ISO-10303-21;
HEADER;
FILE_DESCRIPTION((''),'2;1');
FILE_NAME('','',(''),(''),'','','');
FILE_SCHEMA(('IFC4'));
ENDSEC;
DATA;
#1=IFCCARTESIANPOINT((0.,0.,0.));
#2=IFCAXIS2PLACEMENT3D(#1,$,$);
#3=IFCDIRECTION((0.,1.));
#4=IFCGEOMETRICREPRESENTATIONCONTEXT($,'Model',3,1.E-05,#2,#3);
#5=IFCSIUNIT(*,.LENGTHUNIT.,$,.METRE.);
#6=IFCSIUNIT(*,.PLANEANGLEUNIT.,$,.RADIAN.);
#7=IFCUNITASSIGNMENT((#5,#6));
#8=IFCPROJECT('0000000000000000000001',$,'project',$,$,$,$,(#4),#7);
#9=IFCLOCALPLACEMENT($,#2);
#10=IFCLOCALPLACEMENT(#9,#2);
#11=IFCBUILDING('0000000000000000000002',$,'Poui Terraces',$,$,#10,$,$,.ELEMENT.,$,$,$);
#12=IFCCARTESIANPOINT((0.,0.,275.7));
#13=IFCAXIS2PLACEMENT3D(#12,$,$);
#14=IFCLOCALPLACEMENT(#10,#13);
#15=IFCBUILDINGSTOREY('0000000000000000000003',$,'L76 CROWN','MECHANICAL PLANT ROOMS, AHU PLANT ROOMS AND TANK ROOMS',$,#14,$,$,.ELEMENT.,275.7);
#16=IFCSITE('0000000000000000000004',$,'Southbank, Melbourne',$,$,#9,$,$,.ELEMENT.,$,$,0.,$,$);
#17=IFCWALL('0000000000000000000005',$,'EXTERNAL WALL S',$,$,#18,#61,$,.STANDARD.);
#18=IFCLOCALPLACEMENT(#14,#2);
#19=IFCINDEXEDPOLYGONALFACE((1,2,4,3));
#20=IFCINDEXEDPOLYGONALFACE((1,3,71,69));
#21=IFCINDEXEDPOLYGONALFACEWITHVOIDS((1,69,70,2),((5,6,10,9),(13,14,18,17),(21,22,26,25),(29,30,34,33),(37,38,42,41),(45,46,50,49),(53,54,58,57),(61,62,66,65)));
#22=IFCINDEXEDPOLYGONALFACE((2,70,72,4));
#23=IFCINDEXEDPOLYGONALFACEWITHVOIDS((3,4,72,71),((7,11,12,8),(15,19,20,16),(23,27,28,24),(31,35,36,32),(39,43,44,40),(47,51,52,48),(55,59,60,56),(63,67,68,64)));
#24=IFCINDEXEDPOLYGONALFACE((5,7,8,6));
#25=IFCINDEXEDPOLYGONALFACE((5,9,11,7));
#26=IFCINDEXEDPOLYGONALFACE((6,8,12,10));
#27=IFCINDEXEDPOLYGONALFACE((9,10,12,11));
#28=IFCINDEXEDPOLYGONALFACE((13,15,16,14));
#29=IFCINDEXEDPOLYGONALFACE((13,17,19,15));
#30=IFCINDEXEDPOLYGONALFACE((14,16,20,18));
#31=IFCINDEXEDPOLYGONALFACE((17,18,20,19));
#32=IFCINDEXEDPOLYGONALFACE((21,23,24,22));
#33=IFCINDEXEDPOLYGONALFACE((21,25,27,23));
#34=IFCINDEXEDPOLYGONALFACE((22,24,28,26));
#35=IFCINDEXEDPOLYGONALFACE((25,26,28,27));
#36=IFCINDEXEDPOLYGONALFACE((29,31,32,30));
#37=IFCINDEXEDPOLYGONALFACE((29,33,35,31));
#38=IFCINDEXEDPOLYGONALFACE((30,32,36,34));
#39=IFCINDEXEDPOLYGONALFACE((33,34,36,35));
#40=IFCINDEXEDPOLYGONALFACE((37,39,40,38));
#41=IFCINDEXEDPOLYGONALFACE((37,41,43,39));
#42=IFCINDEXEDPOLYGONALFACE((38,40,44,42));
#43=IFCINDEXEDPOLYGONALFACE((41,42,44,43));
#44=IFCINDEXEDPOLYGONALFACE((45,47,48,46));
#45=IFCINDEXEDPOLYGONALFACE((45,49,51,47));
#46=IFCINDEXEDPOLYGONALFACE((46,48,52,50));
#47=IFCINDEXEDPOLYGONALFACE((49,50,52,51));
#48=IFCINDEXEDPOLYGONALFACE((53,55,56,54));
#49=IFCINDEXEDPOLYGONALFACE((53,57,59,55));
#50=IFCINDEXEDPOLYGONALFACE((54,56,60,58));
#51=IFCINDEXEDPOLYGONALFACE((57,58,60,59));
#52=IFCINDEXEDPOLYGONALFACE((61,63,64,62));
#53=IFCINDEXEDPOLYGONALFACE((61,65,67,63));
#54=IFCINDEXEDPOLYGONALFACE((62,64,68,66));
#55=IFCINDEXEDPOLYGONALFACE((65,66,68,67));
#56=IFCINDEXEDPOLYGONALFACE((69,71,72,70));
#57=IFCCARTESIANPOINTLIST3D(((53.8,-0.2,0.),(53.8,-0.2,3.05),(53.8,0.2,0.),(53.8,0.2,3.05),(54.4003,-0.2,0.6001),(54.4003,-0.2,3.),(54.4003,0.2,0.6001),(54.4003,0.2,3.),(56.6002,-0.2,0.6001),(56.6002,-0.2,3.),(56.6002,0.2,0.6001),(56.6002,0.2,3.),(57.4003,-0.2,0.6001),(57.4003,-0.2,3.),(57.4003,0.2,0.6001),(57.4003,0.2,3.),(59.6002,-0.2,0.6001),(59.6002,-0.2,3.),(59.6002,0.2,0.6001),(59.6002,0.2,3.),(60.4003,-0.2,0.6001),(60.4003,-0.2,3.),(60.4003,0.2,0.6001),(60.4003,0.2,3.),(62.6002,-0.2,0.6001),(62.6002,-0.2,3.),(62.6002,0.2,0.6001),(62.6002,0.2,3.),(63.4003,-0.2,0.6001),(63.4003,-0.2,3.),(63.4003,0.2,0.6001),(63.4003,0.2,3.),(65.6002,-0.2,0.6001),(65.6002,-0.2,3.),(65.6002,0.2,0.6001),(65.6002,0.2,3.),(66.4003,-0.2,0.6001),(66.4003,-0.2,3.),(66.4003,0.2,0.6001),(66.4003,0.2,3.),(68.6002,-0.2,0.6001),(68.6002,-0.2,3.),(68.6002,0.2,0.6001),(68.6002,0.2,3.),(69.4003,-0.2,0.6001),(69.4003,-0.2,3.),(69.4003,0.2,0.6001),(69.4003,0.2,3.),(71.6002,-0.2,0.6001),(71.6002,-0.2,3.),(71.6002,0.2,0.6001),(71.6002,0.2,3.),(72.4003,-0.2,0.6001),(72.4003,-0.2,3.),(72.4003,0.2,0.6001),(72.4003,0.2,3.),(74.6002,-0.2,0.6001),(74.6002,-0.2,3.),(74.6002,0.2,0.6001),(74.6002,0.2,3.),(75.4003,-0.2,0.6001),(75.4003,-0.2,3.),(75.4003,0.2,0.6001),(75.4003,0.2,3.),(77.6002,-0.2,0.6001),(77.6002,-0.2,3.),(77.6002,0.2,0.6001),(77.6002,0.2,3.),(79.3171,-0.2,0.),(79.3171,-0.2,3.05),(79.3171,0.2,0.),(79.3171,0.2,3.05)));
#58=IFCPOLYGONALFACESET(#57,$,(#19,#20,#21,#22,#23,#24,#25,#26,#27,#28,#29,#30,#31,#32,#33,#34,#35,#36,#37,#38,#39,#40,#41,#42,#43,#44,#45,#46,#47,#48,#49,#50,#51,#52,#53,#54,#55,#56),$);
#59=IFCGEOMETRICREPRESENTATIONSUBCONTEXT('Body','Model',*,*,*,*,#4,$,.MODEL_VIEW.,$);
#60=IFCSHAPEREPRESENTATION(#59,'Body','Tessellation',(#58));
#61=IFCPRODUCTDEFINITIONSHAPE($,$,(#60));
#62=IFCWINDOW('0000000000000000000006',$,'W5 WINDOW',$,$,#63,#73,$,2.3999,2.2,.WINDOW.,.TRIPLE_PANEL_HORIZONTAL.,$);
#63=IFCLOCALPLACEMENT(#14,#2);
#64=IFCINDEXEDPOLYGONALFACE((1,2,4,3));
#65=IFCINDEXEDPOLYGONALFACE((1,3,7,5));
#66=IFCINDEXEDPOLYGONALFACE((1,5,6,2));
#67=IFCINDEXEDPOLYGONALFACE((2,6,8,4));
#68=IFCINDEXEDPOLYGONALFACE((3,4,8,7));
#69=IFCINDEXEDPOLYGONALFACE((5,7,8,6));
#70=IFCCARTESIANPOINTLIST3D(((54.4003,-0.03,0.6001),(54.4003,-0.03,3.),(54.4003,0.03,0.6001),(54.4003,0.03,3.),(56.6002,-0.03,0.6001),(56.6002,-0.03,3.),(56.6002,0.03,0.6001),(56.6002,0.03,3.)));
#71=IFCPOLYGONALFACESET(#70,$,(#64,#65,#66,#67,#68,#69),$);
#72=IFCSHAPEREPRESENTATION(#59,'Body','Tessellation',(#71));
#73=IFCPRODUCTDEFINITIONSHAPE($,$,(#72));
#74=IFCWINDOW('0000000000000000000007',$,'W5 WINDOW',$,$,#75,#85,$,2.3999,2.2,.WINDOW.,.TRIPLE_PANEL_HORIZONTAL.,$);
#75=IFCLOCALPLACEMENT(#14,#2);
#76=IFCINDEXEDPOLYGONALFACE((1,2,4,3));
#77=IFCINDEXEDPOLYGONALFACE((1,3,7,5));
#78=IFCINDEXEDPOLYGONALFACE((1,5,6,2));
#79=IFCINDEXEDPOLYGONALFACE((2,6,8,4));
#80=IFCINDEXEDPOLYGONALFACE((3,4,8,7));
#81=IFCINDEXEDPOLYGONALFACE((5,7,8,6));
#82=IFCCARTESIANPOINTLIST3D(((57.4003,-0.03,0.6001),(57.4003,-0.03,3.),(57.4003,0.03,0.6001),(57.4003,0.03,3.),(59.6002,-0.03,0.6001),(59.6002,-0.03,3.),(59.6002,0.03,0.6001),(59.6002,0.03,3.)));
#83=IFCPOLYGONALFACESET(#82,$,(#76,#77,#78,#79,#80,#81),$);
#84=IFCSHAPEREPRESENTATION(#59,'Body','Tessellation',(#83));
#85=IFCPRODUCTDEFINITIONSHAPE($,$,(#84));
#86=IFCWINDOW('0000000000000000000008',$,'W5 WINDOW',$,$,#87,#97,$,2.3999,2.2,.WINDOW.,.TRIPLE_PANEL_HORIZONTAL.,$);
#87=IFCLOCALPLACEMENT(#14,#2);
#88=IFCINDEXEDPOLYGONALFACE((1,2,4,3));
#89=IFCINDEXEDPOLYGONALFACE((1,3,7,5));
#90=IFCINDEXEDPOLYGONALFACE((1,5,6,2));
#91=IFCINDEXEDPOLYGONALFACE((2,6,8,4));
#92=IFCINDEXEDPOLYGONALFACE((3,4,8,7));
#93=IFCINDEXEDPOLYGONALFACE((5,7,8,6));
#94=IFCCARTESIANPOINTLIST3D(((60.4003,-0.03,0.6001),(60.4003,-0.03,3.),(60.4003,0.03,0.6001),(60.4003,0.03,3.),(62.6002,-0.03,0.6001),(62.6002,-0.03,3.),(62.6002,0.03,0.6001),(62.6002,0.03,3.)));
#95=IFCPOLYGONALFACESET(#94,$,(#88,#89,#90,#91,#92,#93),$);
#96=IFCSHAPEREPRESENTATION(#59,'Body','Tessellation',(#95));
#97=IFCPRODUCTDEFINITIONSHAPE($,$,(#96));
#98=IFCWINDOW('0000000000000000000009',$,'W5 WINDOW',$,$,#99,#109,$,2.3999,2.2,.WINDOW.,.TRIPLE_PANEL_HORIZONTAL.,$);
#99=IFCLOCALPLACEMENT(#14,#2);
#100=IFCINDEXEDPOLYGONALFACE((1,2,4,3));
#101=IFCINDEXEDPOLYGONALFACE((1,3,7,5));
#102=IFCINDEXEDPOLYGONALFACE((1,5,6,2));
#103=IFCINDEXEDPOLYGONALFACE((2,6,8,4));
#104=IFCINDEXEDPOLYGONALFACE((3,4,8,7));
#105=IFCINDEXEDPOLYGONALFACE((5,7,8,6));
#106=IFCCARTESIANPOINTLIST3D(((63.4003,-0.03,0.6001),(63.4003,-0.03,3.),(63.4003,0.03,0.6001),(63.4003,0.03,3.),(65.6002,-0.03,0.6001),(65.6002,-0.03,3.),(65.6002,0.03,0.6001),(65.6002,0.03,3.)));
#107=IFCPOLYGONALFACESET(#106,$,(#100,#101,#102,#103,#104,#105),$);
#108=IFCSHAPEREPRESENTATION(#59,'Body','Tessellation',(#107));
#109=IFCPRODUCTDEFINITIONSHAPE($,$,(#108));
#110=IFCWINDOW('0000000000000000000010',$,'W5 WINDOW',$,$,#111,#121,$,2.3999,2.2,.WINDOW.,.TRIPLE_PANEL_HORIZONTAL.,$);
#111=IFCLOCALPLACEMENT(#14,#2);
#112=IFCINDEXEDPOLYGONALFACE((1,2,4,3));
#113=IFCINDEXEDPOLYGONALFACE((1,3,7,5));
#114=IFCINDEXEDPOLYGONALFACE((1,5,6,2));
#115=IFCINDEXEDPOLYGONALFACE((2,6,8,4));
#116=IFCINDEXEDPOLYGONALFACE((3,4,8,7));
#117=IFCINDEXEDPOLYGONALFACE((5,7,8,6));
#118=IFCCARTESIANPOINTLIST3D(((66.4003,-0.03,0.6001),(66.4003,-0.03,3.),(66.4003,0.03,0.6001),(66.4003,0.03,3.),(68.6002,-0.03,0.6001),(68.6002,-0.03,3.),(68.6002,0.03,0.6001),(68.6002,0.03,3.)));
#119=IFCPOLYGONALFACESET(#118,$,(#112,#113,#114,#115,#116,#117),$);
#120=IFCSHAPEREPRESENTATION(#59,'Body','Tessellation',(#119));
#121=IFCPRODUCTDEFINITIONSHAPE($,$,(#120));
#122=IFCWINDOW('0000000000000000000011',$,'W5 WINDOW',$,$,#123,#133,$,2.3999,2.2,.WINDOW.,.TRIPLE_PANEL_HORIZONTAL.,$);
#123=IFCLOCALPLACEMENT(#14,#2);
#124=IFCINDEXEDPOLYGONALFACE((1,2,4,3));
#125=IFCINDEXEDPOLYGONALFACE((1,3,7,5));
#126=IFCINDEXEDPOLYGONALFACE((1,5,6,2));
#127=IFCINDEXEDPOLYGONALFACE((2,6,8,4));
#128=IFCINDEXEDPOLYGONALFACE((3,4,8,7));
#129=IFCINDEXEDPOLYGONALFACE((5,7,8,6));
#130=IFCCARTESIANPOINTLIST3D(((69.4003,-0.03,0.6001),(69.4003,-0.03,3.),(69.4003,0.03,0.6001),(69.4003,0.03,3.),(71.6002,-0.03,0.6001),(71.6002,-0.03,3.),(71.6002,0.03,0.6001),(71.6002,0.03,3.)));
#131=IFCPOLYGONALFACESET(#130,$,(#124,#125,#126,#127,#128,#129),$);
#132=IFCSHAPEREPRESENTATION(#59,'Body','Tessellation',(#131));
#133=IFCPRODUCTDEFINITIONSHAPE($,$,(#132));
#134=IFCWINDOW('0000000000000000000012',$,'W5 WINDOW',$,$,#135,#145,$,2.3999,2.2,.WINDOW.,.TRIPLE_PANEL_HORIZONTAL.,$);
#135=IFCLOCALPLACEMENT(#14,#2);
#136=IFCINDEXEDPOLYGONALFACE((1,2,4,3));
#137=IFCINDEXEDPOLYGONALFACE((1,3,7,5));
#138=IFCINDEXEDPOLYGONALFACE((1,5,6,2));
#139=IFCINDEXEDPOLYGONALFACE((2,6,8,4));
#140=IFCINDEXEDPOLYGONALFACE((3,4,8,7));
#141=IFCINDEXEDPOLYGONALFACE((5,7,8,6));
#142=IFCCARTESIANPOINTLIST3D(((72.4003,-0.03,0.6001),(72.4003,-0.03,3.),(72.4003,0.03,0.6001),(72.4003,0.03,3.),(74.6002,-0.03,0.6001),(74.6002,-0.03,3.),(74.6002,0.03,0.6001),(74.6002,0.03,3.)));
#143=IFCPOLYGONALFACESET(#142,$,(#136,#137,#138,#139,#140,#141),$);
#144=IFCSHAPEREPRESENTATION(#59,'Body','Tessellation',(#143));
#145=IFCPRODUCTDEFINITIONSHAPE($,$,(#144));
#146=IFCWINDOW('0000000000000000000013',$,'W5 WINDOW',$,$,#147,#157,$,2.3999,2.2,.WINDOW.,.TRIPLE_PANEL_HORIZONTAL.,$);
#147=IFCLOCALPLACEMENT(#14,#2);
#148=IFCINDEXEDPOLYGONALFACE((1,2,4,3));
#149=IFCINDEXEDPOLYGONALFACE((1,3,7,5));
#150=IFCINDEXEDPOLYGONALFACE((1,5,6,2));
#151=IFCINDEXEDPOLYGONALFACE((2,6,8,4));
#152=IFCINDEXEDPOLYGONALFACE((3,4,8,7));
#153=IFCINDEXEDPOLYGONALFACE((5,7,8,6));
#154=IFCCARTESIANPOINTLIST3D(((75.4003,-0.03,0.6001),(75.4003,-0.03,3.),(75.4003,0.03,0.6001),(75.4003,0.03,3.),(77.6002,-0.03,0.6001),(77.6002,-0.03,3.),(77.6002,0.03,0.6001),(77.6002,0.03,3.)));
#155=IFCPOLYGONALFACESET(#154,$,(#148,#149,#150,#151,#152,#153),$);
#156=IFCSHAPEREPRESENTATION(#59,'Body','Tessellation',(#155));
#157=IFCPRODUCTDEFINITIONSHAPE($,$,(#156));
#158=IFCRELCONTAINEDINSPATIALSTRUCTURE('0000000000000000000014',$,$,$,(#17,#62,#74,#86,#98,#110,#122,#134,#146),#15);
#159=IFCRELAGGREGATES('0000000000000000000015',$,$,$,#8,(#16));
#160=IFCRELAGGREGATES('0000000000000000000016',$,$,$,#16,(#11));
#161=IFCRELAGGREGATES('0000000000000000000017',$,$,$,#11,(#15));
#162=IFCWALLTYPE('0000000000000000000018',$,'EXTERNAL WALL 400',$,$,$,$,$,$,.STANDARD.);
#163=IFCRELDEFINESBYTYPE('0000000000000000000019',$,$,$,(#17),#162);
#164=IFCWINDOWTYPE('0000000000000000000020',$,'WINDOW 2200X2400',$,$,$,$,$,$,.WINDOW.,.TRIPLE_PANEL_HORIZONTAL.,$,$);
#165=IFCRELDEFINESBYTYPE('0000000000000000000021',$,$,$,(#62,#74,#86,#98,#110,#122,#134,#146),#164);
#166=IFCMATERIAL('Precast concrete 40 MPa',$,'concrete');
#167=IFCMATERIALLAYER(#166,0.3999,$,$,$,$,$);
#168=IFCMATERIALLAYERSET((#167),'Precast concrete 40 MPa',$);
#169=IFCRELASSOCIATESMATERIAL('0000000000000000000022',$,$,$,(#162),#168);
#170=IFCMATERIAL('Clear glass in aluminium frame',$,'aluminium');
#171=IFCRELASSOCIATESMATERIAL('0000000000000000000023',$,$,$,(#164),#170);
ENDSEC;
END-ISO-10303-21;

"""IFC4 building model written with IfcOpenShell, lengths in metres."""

from ifc_helpers import new_model, si_unit, direction, frame, frame_2d, origin, place, context, subcontext, project, spatial, rectangle, extrude, material, layer, layer_set, type_object, element, fill, save


model = new_model("IFC4")

# Units and contexts
model_context = context("Model", 3, precision=1e-05, world=origin(), true_north=direction((0.0, 1.0)))
body_context = subcontext(model_context, "Body", "Model", "MODEL_VIEW")
ifc_project = project(units=[si_unit("LENGTHUNIT", "METRE"), si_unit("PLANEANGLEUNIT", "RADIAN")], contexts=[model_context])

# Site, building, storey
site_placement = place(None, origin())
site = spatial("IfcSite", under=ifc_project, at=site_placement, Name="Southbank, Melbourne", CompositionType="ELEMENT", RefElevation=0.0)
building_placement = place(site_placement, origin())
building = spatial("IfcBuilding", under=site, at=building_placement, Name="Poui Terraces", CompositionType="ELEMENT")
storey_placement = place(building_placement, frame((0.0, 0.0, 275.7)))
storey = spatial("IfcBuildingStorey", under=building, at=storey_placement, Name="L76 CROWN", Description="MECHANICAL PLANT ROOMS, AHU PLANT ROOMS AND TANK ROOMS", CompositionType="ELEMENT", Elevation=275.7)

# Wall, openings, windows
ifc_material_1 = material(Name="Precast concrete 40 MPa", Category="concrete")
ifc_layer_1 = layer(ifc_material_1, 0.3999)
ifc_layer_set_1 = layer_set([ifc_layer_1], Name="Precast concrete 40 MPa")
wall_type_1 = type_object("IfcWallType", Name="EXTERNAL WALL 400", PredefinedType="STANDARD", material=ifc_layer_set_1)
wall_1_placement = place(storey_placement, frame((53.8, 0.0, 0.0), z_axis=(0.0, 0.0, 1.0), x_axis=(1.0, 0.0, 0.0)))
wall_1 = element("IfcWall", 1, at=wall_1_placement, inside=storey, type_object=wall_type_1, Name="EXTERNAL WALL S", PredefinedType="STANDARD", context=body_context, shape_type="SweptSolid", body=[
    extrude(rectangle(XDim=25.5171, YDim=0.3999, at=frame_2d((12.7585, 0.0))), origin(), (0.0, 0.0, 1.0), 3.05),
])
opening_1_placement = place(wall_1_placement, frame((0.6001, 0.0, 0.6001)))
opening_1 = element("IfcOpeningElement", 2, at=opening_1_placement, cuts=wall_1, PredefinedType="OPENING", context=body_context, shape_type="SweptSolid", body=[
    extrude(rectangle(XDim=2.2, YDim=2.3999, at=frame_2d((1.1001, 1.2))), frame((0.0, 0.21, 0.0), z_axis=(0.0, -1.0, 0.0), x_axis=(1.0, 0.0, 0.0)), (0.0, 0.0, 1.0), 0.4199),
])
opening_2_placement = place(wall_1_placement, frame((3.6001, 0.0, 0.6001)))
opening_2 = element("IfcOpeningElement", 3, at=opening_2_placement, cuts=wall_1, PredefinedType="OPENING", context=body_context, shape_type="SweptSolid", body=[
    extrude(rectangle(XDim=2.2, YDim=2.3999, at=frame_2d((1.1001, 1.2))), frame((0.0, 0.21, 0.0), z_axis=(0.0, -1.0, 0.0), x_axis=(1.0, 0.0, 0.0)), (0.0, 0.0, 1.0), 0.4199),
])
opening_3_placement = place(wall_1_placement, frame((6.6001, 0.0, 0.6001)))
opening_3 = element("IfcOpeningElement", 4, at=opening_3_placement, cuts=wall_1, PredefinedType="OPENING", context=body_context, shape_type="SweptSolid", body=[
    extrude(rectangle(XDim=2.2, YDim=2.3999, at=frame_2d((1.1001, 1.2))), frame((0.0, 0.21, 0.0), z_axis=(0.0, -1.0, 0.0), x_axis=(1.0, 0.0, 0.0)), (0.0, 0.0, 1.0), 0.4199),
])
opening_4_placement = place(wall_1_placement, frame((9.6001, 0.0, 0.6001)))
opening_4 = element("IfcOpeningElement", 5, at=opening_4_placement, cuts=wall_1, PredefinedType="OPENING", context=body_context, shape_type="SweptSolid", body=[
    extrude(rectangle(XDim=2.2, YDim=2.3999, at=frame_2d((1.1001, 1.2))), frame((0.0, 0.21, 0.0), z_axis=(0.0, -1.0, 0.0), x_axis=(1.0, 0.0, 0.0)), (0.0, 0.0, 1.0), 0.4199),
])
opening_5_placement = place(wall_1_placement, frame((12.6001, 0.0, 0.6001)))
opening_5 = element("IfcOpeningElement", 6, at=opening_5_placement, cuts=wall_1, PredefinedType="OPENING", context=body_context, shape_type="SweptSolid", body=[
    extrude(rectangle(XDim=2.2, YDim=2.3999, at=frame_2d((1.1001, 1.2))), frame((0.0, 0.21, 0.0), z_axis=(0.0, -1.0, 0.0), x_axis=(1.0, 0.0, 0.0)), (0.0, 0.0, 1.0), 0.4199),
])
opening_6_placement = place(wall_1_placement, frame((15.6001, 0.0, 0.6001)))
opening_6 = element("IfcOpeningElement", 7, at=opening_6_placement, cuts=wall_1, PredefinedType="OPENING", context=body_context, shape_type="SweptSolid", body=[
    extrude(rectangle(XDim=2.2, YDim=2.3999, at=frame_2d((1.1001, 1.2))), frame((0.0, 0.21, 0.0), z_axis=(0.0, -1.0, 0.0), x_axis=(1.0, 0.0, 0.0)), (0.0, 0.0, 1.0), 0.4199),
])
opening_7_placement = place(wall_1_placement, frame((18.6001, 0.0, 0.6001)))
opening_7 = element("IfcOpeningElement", 8, at=opening_7_placement, cuts=wall_1, PredefinedType="OPENING", context=body_context, shape_type="SweptSolid", body=[
    extrude(rectangle(XDim=2.2, YDim=2.3999, at=frame_2d((1.1001, 1.2))), frame((0.0, 0.21, 0.0), z_axis=(0.0, -1.0, 0.0), x_axis=(1.0, 0.0, 0.0)), (0.0, 0.0, 1.0), 0.4199),
])
opening_8_placement = place(wall_1_placement, frame((21.6001, 0.0, 0.6001)))
opening_8 = element("IfcOpeningElement", 9, at=opening_8_placement, cuts=wall_1, PredefinedType="OPENING", context=body_context, shape_type="SweptSolid", body=[
    extrude(rectangle(XDim=2.2, YDim=2.3999, at=frame_2d((1.1001, 1.2))), frame((0.0, 0.21, 0.0), z_axis=(0.0, -1.0, 0.0), x_axis=(1.0, 0.0, 0.0)), (0.0, 0.0, 1.0), 0.4199),
])
ifc_material_2 = material(Name="Clear glass in aluminium frame", Category="aluminium")
window_type = type_object("IfcWindowType", Name="WINDOW 2200X2400", PartitioningType="TRIPLE_PANEL_HORIZONTAL", PredefinedType="WINDOW", material=ifc_material_2)
window_1_placement = place(opening_1_placement, origin())
window_1 = element("IfcWindow", 10, at=window_1_placement, inside=storey, type_object=window_type, Name="W5 WINDOW", OverallHeight=2.3999, OverallWidth=2.2, PartitioningType="TRIPLE_PANEL_HORIZONTAL", PredefinedType="WINDOW", context=body_context, shape_type="SweptSolid", body=[
    extrude(rectangle(XDim=2.2, YDim=2.3999, at=frame_2d((1.1001, 1.2))), frame((0.0, 0.03, 0.0), z_axis=(0.0, -1.0, 0.0), x_axis=(1.0, 0.0, 0.0)), (0.0, 0.0, 1.0), 0.0601),
])
fill(opening_1, window_1)
window_2_placement = place(opening_2_placement, origin())
window_2 = element("IfcWindow", 11, at=window_2_placement, inside=storey, type_object=window_type, Name="W5 WINDOW", OverallHeight=2.3999, OverallWidth=2.2, PartitioningType="TRIPLE_PANEL_HORIZONTAL", PredefinedType="WINDOW", context=body_context, shape_type="SweptSolid", body=[
    extrude(rectangle(XDim=2.2, YDim=2.3999, at=frame_2d((1.1001, 1.2))), frame((0.0, 0.03, 0.0), z_axis=(0.0, -1.0, 0.0), x_axis=(1.0, 0.0, 0.0)), (0.0, 0.0, 1.0), 0.0601),
])
fill(opening_2, window_2)
window_3_placement = place(opening_3_placement, origin())
window_3 = element("IfcWindow", 12, at=window_3_placement, inside=storey, type_object=window_type, Name="W5 WINDOW", OverallHeight=2.3999, OverallWidth=2.2, PartitioningType="TRIPLE_PANEL_HORIZONTAL", PredefinedType="WINDOW", context=body_context, shape_type="SweptSolid", body=[
    extrude(rectangle(XDim=2.2, YDim=2.3999, at=frame_2d((1.1001, 1.2))), frame((0.0, 0.03, 0.0), z_axis=(0.0, -1.0, 0.0), x_axis=(1.0, 0.0, 0.0)), (0.0, 0.0, 1.0), 0.0601),
])
fill(opening_3, window_3)
window_4_placement = place(opening_4_placement, origin())
window_4 = element("IfcWindow", 13, at=window_4_placement, inside=storey, type_object=window_type, Name="W5 WINDOW", OverallHeight=2.3999, OverallWidth=2.2, PartitioningType="TRIPLE_PANEL_HORIZONTAL", PredefinedType="WINDOW", context=body_context, shape_type="SweptSolid", body=[
    extrude(rectangle(XDim=2.2, YDim=2.3999, at=frame_2d((1.1001, 1.2))), frame((0.0, 0.03, 0.0), z_axis=(0.0, -1.0, 0.0), x_axis=(1.0, 0.0, 0.0)), (0.0, 0.0, 1.0), 0.0601),
])
fill(opening_4, window_4)
window_5_placement = place(opening_5_placement, origin())
window_5 = element("IfcWindow", 14, at=window_5_placement, inside=storey, type_object=window_type, Name="W5 WINDOW", OverallHeight=2.3999, OverallWidth=2.2, PartitioningType="TRIPLE_PANEL_HORIZONTAL", PredefinedType="WINDOW", context=body_context, shape_type="SweptSolid", body=[
    extrude(rectangle(XDim=2.2, YDim=2.3999, at=frame_2d((1.1001, 1.2))), frame((0.0, 0.03, 0.0), z_axis=(0.0, -1.0, 0.0), x_axis=(1.0, 0.0, 0.0)), (0.0, 0.0, 1.0), 0.0601),
])
fill(opening_5, window_5)
window_6_placement = place(opening_6_placement, origin())
window_6 = element("IfcWindow", 15, at=window_6_placement, inside=storey, type_object=window_type, Name="W5 WINDOW", OverallHeight=2.3999, OverallWidth=2.2, PartitioningType="TRIPLE_PANEL_HORIZONTAL", PredefinedType="WINDOW", context=body_context, shape_type="SweptSolid", body=[
    extrude(rectangle(XDim=2.2, YDim=2.3999, at=frame_2d((1.1001, 1.2))), frame((0.0, 0.03, 0.0), z_axis=(0.0, -1.0, 0.0), x_axis=(1.0, 0.0, 0.0)), (0.0, 0.0, 1.0), 0.0601),
])
fill(opening_6, window_6)
window_7_placement = place(opening_7_placement, origin())
window_7 = element("IfcWindow", 16, at=window_7_placement, inside=storey, type_object=window_type, Name="W5 WINDOW", OverallHeight=2.3999, OverallWidth=2.2, PartitioningType="TRIPLE_PANEL_HORIZONTAL", PredefinedType="WINDOW", context=body_context, shape_type="SweptSolid", body=[
    extrude(rectangle(XDim=2.2, YDim=2.3999, at=frame_2d((1.1001, 1.2))), frame((0.0, 0.03, 0.0), z_axis=(0.0, -1.0, 0.0), x_axis=(1.0, 0.0, 0.0)), (0.0, 0.0, 1.0), 0.0601),
])
fill(opening_7, window_7)
window_8_placement = place(opening_8_placement, origin())
window_8 = element("IfcWindow", 17, at=window_8_placement, inside=storey, type_object=window_type, Name="W5 WINDOW", OverallHeight=2.3999, OverallWidth=2.2, PartitioningType="TRIPLE_PANEL_HORIZONTAL", PredefinedType="WINDOW", context=body_context, shape_type="SweptSolid", body=[
    extrude(rectangle(XDim=2.2, YDim=2.3999, at=frame_2d((1.1001, 1.2))), frame((0.0, 0.03, 0.0), z_axis=(0.0, -1.0, 0.0), x_axis=(1.0, 0.0, 0.0)), (0.0, 0.0, 1.0), 0.0601),
])
fill(opening_8, window_8)

save(model, "model.ifc")
